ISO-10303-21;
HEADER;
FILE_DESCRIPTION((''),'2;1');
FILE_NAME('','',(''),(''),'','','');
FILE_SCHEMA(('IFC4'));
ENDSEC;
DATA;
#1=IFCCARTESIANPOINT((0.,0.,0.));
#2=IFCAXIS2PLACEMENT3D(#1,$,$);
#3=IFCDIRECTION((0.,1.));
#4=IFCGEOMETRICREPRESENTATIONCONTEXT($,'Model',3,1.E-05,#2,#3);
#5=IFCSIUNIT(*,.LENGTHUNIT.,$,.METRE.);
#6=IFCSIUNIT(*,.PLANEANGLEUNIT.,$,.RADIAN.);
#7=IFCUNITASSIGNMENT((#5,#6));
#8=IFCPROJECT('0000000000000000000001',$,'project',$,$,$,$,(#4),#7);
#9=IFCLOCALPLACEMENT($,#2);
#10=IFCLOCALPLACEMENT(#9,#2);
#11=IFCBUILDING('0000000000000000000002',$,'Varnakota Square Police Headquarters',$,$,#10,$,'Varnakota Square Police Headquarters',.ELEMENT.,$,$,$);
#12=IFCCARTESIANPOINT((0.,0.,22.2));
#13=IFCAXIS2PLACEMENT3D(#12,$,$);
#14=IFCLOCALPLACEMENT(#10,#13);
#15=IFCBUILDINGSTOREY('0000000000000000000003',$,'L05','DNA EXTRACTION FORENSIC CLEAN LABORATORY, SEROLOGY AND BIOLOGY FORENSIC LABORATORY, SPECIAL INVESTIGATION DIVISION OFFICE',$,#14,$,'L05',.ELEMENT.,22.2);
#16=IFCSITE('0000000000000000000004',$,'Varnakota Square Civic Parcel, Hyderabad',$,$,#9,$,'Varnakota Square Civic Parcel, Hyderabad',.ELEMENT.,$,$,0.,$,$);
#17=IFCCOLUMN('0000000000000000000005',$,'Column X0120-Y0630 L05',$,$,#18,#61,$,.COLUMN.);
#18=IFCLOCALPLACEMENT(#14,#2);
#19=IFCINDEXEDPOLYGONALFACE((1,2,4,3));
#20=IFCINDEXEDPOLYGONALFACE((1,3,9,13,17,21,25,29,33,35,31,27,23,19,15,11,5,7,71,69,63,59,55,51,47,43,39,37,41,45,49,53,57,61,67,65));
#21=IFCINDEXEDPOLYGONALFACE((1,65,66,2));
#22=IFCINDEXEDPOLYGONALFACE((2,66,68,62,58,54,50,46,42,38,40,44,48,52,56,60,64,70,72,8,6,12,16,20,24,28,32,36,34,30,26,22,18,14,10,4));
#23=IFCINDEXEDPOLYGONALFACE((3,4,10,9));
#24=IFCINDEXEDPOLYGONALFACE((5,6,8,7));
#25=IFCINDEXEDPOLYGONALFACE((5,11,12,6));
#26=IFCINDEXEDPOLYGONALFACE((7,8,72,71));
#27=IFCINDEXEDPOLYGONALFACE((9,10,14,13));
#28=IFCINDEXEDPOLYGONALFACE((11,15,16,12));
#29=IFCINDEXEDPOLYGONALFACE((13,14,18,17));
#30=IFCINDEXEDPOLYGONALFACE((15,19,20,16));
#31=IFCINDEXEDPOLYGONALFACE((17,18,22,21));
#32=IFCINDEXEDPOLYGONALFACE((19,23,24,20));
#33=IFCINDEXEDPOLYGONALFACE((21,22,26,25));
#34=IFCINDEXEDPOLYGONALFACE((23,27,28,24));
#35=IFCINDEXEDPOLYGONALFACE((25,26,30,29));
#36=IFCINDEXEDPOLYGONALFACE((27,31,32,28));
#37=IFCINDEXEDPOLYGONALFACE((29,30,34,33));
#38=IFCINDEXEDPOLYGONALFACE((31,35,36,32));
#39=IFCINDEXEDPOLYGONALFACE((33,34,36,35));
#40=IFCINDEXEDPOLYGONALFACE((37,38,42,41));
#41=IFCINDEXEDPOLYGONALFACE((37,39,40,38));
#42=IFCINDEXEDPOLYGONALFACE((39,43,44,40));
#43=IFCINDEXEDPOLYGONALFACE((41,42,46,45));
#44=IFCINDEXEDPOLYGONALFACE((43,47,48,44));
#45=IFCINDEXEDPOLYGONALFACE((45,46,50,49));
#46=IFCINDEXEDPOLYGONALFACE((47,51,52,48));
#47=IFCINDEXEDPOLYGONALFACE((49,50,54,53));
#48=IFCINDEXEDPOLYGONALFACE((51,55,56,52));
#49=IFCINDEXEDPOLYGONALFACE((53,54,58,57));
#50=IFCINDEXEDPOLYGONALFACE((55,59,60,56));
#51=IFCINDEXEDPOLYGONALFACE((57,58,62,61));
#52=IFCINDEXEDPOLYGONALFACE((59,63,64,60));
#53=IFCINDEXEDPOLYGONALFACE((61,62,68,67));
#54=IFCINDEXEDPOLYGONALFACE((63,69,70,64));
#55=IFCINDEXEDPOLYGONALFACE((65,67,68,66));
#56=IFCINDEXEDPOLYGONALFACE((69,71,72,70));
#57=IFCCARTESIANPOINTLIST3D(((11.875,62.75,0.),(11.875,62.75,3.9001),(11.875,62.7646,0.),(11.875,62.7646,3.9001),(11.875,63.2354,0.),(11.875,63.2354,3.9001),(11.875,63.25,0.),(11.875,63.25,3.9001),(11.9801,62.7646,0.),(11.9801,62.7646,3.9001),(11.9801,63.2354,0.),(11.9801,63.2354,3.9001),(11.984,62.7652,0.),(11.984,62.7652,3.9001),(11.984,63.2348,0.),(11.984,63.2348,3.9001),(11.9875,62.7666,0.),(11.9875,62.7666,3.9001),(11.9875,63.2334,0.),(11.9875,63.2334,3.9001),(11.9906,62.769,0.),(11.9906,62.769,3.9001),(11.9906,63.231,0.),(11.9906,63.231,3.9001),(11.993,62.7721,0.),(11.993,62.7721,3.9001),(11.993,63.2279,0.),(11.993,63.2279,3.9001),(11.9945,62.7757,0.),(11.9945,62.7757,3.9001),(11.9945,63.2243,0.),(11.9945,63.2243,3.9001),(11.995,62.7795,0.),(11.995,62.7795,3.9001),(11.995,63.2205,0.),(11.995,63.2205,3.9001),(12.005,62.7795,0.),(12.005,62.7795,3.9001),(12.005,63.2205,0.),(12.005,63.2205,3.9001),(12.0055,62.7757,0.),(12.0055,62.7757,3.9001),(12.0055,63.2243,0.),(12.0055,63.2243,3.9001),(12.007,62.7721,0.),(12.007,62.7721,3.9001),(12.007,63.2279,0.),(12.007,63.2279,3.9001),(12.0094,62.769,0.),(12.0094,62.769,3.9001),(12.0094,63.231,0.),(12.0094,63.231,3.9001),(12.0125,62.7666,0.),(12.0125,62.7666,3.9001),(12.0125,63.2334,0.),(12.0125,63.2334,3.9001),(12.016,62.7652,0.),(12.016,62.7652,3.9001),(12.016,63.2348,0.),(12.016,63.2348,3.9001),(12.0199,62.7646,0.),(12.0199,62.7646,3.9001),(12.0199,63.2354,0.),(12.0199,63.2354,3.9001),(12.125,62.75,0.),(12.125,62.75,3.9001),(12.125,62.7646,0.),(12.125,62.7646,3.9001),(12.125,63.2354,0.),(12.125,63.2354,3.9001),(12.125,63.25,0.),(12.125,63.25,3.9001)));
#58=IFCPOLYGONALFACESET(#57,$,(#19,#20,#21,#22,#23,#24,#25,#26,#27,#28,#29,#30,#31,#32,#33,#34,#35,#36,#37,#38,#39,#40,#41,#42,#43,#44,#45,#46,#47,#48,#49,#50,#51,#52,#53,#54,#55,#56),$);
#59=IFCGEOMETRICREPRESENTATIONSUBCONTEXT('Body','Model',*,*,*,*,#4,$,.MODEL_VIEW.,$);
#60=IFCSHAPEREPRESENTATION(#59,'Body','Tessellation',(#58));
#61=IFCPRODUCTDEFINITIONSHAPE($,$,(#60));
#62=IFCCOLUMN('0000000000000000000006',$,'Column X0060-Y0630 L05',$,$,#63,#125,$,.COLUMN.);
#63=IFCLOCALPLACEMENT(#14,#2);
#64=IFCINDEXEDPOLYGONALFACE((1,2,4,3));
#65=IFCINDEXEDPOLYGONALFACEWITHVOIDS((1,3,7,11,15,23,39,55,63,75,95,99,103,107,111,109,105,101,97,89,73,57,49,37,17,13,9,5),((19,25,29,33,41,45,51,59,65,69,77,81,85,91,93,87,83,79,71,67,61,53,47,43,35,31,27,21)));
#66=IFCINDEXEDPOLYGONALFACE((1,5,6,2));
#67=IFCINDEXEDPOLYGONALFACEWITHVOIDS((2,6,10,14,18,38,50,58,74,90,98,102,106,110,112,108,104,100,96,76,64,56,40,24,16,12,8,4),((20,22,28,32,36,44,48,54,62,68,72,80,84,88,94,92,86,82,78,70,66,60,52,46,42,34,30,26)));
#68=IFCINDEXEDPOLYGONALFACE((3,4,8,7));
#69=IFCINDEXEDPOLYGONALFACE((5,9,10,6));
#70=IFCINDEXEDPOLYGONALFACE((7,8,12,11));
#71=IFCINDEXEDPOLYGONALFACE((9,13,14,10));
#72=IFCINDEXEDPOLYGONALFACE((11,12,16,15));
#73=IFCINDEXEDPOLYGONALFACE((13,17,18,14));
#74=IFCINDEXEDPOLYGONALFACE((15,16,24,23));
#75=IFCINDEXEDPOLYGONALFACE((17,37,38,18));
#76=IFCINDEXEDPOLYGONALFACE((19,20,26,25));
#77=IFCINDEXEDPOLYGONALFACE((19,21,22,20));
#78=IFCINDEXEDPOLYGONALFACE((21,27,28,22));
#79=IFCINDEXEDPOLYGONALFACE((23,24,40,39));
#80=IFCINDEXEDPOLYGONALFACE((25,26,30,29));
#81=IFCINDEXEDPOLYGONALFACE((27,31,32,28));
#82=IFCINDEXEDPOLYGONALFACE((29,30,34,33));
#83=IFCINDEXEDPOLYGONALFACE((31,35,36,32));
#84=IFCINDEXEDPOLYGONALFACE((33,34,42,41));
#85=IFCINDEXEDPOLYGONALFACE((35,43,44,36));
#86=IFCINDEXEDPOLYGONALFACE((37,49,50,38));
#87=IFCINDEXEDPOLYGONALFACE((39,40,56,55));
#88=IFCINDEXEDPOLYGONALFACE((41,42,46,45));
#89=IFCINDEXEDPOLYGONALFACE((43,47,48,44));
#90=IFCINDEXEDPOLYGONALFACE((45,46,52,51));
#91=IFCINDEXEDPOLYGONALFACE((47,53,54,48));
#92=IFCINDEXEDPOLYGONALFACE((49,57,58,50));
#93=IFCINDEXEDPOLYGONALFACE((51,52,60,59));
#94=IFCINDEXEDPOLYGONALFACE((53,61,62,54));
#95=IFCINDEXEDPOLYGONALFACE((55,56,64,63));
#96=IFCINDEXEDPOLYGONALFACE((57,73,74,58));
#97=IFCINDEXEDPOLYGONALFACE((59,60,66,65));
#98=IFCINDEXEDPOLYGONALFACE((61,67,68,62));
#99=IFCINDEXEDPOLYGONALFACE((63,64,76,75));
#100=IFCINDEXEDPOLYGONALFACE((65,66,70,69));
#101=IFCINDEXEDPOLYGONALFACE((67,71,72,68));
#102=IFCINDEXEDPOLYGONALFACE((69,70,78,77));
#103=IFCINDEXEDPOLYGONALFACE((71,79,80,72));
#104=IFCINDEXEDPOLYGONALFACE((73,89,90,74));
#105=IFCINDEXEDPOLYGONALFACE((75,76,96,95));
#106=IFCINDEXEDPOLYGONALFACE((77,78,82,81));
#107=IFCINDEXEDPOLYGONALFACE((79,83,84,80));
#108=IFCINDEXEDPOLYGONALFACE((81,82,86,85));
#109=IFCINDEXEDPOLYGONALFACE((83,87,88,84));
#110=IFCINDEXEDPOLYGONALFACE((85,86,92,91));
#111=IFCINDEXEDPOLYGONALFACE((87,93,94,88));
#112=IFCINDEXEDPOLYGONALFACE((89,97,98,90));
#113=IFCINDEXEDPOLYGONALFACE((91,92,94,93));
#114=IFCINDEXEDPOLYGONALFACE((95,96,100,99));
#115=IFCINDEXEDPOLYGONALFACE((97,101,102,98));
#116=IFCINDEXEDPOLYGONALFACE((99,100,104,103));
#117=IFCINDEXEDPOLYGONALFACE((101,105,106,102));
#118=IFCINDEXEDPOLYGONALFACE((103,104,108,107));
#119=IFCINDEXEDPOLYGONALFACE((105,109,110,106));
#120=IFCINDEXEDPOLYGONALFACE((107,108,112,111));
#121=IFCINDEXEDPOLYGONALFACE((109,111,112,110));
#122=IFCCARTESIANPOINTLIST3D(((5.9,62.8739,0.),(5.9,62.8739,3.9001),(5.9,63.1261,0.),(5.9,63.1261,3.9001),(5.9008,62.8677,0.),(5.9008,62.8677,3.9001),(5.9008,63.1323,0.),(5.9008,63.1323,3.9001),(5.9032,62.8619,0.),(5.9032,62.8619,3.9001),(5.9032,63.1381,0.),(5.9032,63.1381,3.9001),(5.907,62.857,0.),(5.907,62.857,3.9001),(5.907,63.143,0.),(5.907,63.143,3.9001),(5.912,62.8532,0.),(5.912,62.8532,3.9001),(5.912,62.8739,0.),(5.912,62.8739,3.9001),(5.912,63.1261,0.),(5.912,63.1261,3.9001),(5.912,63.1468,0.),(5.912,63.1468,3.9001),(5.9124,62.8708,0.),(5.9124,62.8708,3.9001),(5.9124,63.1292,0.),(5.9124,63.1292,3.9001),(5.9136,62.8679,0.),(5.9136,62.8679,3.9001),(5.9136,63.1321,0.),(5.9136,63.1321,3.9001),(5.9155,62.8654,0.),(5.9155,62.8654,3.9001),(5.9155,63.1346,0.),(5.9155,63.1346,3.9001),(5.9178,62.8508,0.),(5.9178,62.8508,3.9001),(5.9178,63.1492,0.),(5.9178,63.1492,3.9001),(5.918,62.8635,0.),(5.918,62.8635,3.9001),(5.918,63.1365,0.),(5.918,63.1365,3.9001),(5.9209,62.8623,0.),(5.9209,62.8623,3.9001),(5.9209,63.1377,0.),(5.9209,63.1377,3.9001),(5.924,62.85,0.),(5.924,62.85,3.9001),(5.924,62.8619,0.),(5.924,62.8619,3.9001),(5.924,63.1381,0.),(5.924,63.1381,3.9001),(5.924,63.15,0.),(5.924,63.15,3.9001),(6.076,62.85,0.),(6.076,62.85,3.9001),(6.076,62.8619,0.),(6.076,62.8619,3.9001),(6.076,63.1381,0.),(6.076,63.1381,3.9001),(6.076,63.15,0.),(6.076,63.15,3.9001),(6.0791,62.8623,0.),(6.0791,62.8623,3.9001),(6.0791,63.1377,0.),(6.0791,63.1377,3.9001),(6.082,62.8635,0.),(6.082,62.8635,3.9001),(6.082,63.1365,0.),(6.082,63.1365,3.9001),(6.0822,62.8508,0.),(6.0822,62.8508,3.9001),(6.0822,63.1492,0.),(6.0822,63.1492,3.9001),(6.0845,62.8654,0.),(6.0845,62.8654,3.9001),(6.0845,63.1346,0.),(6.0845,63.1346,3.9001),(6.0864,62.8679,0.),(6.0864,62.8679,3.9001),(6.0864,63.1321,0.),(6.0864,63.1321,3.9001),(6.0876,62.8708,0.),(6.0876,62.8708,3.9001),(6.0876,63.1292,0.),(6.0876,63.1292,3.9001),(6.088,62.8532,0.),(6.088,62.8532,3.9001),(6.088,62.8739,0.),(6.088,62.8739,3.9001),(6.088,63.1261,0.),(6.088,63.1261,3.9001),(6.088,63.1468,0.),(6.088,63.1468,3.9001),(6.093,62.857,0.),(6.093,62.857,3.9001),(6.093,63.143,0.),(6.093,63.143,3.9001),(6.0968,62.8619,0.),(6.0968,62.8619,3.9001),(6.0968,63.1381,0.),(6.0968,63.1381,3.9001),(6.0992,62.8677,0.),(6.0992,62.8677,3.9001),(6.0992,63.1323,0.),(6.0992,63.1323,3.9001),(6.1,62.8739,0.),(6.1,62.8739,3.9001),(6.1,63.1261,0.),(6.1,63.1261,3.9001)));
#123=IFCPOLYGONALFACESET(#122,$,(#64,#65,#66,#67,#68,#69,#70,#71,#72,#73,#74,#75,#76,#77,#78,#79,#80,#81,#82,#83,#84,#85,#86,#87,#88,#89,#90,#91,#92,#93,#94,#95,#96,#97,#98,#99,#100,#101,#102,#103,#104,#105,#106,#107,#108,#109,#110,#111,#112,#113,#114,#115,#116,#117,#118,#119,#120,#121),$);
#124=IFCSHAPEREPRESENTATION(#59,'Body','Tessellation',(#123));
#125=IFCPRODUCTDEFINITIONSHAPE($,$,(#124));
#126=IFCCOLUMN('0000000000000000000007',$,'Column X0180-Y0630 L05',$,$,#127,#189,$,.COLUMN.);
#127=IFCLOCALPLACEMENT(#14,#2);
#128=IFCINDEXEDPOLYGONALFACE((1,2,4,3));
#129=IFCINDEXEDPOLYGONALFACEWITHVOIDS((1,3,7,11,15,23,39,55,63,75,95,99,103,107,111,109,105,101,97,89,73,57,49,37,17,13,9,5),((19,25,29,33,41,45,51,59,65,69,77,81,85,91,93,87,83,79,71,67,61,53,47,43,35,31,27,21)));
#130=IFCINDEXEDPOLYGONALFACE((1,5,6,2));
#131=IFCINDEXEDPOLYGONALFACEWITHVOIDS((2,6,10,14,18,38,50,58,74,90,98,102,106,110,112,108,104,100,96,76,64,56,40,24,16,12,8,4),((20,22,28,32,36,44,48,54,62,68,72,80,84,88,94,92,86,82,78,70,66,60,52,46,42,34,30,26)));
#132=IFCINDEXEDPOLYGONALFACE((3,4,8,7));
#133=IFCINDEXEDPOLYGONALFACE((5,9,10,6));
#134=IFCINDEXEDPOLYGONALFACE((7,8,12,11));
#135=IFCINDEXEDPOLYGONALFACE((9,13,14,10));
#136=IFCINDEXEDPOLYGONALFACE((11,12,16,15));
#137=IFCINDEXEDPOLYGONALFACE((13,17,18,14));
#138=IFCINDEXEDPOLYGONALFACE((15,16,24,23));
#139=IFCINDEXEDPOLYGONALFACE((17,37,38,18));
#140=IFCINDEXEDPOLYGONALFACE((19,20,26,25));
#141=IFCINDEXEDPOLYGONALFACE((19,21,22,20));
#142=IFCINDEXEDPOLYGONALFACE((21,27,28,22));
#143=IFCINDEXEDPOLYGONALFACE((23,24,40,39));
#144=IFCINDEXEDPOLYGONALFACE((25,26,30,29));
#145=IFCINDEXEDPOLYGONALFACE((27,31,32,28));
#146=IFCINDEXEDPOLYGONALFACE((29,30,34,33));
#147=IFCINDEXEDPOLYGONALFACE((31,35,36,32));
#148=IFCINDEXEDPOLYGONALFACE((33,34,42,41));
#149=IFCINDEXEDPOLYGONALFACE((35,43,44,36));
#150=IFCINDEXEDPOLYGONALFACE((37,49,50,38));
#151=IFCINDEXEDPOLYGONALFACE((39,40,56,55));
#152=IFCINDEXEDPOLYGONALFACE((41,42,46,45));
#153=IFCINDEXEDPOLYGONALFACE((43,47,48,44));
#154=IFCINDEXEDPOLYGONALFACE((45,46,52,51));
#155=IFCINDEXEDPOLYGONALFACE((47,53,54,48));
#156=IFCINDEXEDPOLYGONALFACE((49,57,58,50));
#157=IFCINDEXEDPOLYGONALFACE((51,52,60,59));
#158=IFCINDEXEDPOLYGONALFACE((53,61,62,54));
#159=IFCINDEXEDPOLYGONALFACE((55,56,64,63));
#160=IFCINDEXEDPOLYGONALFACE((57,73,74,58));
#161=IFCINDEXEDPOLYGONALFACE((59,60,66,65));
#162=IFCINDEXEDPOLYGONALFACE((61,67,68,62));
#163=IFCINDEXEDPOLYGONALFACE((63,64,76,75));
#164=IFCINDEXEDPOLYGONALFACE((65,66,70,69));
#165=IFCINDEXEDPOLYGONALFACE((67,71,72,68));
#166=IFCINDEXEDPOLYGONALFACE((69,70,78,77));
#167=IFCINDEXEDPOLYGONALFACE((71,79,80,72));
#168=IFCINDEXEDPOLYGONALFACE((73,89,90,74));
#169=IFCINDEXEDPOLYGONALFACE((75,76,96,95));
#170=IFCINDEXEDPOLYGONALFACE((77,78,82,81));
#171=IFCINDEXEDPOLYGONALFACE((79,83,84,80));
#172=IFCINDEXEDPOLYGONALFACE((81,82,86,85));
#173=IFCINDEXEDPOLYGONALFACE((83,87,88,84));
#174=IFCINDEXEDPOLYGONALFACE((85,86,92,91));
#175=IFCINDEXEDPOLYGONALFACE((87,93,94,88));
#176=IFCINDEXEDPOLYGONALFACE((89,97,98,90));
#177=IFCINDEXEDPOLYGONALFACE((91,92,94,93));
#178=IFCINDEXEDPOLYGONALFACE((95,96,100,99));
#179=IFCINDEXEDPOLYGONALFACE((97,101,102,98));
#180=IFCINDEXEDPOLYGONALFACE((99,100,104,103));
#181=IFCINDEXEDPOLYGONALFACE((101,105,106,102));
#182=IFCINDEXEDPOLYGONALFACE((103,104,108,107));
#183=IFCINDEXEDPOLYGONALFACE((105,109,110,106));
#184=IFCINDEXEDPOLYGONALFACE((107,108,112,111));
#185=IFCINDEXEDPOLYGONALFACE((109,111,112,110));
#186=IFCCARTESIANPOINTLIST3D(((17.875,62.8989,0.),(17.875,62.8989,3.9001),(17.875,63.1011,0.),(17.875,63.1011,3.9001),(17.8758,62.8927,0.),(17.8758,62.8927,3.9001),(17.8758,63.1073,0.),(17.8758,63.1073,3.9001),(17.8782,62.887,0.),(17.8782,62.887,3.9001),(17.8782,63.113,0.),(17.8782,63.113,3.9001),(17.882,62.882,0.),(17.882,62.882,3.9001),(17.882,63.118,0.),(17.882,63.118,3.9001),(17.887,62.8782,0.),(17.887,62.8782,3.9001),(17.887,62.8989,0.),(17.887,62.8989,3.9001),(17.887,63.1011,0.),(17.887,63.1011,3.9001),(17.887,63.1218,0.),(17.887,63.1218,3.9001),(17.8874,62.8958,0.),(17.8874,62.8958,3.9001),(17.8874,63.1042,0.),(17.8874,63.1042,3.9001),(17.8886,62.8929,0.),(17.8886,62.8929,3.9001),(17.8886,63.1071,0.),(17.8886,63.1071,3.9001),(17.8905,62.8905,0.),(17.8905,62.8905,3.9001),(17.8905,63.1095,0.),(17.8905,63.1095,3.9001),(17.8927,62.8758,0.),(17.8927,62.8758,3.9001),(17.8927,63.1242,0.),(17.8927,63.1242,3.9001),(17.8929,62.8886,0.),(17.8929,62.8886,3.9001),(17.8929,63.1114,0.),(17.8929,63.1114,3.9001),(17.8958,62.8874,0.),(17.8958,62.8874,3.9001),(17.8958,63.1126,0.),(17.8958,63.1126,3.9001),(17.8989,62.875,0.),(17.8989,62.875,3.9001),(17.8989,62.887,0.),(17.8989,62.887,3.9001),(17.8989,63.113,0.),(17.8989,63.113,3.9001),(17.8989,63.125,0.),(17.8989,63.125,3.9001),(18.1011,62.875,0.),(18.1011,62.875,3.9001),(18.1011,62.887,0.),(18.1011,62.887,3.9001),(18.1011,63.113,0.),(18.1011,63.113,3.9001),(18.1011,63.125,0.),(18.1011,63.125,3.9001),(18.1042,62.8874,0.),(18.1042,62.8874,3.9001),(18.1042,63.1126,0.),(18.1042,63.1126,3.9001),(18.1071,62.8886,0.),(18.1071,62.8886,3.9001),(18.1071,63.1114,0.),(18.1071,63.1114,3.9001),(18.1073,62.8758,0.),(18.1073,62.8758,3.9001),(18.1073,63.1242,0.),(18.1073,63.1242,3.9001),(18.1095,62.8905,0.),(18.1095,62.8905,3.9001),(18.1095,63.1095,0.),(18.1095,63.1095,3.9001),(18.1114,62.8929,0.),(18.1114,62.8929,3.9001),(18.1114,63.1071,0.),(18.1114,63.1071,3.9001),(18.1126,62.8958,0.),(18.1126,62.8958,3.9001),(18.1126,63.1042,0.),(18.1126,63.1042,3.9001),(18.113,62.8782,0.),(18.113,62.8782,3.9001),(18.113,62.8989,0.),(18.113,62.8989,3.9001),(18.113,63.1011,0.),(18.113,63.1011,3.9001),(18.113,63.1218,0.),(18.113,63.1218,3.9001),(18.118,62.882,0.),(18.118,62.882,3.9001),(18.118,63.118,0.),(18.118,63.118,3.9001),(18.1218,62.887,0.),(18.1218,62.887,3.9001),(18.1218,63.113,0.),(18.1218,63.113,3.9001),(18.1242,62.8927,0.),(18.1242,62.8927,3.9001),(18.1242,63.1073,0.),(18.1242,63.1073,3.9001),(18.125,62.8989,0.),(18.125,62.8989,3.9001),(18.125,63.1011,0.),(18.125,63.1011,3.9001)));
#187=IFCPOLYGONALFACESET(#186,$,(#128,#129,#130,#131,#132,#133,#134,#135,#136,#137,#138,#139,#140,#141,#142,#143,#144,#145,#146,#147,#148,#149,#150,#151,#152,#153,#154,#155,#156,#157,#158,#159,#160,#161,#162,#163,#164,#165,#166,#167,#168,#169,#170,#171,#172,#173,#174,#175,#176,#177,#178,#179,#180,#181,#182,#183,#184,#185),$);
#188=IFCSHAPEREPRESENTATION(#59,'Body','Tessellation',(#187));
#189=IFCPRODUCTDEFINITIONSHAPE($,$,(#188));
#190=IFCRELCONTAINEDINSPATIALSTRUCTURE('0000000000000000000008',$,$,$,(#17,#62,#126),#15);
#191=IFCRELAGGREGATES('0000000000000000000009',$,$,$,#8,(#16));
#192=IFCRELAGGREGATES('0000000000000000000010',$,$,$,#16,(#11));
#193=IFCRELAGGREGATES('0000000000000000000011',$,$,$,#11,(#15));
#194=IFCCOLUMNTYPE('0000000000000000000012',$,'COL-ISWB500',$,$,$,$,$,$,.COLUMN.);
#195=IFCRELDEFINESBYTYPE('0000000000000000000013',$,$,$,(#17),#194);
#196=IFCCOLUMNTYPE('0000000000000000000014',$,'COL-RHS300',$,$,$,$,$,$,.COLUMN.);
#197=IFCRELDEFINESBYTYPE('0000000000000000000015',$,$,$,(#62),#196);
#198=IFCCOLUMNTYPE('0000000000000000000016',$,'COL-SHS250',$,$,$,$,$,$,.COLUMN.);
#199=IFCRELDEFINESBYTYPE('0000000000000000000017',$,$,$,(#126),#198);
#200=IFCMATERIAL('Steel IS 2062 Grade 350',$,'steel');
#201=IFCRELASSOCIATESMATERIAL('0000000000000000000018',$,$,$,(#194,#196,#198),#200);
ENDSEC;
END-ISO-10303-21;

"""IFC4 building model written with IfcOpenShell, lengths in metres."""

from ifc_helpers import new_model, si_unit, direction, frame, origin, origin_2d, place, context, subcontext, project, spatial, hollow_rectangle, i_section, extrude, material, material_profile, profile_set, type_object, element, save


model = new_model("IFC4")

# Units and contexts
model_context = context("Model", 3, precision=1e-05, world=origin(), true_north=direction((0.0, 1.0)))
body_context = subcontext(model_context, "Body", "Model", "MODEL_VIEW")
ifc_project = project(units=[si_unit("LENGTHUNIT", "METRE"), si_unit("PLANEANGLEUNIT", "RADIAN")], contexts=[model_context])

# Site, building, storey
site_placement = place(None, origin())
site = spatial("IfcSite", under=ifc_project, at=site_placement, Name="Varnakota Square Civic Parcel, Hyderabad", LongName="Varnakota Square Civic Parcel, Hyderabad", CompositionType="ELEMENT", RefElevation=0.0)
building_placement = place(site_placement, origin())
building = spatial("IfcBuilding", under=site, at=building_placement, Name="Varnakota Square Police Headquarters", LongName="Varnakota Square Police Headquarters", CompositionType="ELEMENT")
storey_placement = place(building_placement, frame((0.0, 0.0, 22.2)))
storey = spatial("IfcBuildingStorey", under=building, at=storey_placement, Name="L05", Description="DNA EXTRACTION FORENSIC CLEAN LABORATORY, SEROLOGY AND BIOLOGY FORENSIC LABORATORY, SPECIAL INVESTIGATION DIVISION OFFICE", LongName="L05", CompositionType="ELEMENT", Elevation=22.2)

# Columns
ifc_material_1 = material(Name="Steel IS 2062 Grade 350", Category="steel")
ifc_material_profile_1 = material_profile(ifc_material_1, i_section(OverallWidth=0.25, OverallDepth=0.5, WebThickness=0.01, FlangeThickness=0.0146, FilletRadius=0.0149, at=origin_2d()), Name="ISWB 500")
ifc_profile_set_1 = profile_set([ifc_material_profile_1], Name="Steel IS 2062 Grade 350")
column_type_1 = type_object("IfcColumnType", Name="COL-ISWB500", PredefinedType="COLUMN", material=ifc_profile_set_1)
column_1_placement = place(storey_placement, frame((12.0, 63.0, 0.0), z_axis=(0.0, 0.0, 1.0), x_axis=(1.0, 0.0, 0.0)))
element("IfcColumn", 1, at=column_1_placement, inside=storey, type_object=column_type_1, Name="Column X0120-Y0630 L05", PredefinedType="COLUMN", context=body_context, shape_type="SweptSolid", body=[
    extrude(i_section(OverallWidth=0.25, OverallDepth=0.5, WebThickness=0.01, FlangeThickness=0.0146, FilletRadius=0.0149, at=origin_2d()), origin(), (0.0, 0.0, 1.0), 3.9001),
])
ifc_material_profile_2 = material_profile(ifc_material_1, hollow_rectangle(XDim=0.2, YDim=0.3, WallThickness=0.012, InnerFilletRadius=0.012, OuterFilletRadius=0.0239, at=origin_2d()), Name="RHS 300x200x12")
ifc_profile_set_2 = profile_set([ifc_material_profile_2], Name="Steel IS 2062 Grade 350")
column_type_2 = type_object("IfcColumnType", Name="COL-RHS300", PredefinedType="COLUMN", material=ifc_profile_set_2)
column_2_placement = place(storey_placement, frame((6.0, 63.0, 0.0), z_axis=(0.0, 0.0, 1.0), x_axis=(1.0, 0.0, 0.0)))
element("IfcColumn", 2, at=column_2_placement, inside=storey, type_object=column_type_2, Name="Column X0060-Y0630 L05", PredefinedType="COLUMN", context=body_context, shape_type="SweptSolid", body=[
    extrude(hollow_rectangle(XDim=0.2, YDim=0.3, WallThickness=0.012, InnerFilletRadius=0.012, OuterFilletRadius=0.0239, at=origin_2d()), origin(), (0.0, 0.0, 1.0), 3.9001),
])
ifc_material_profile_3 = material_profile(ifc_material_1, hollow_rectangle(XDim=0.25, YDim=0.25, WallThickness=0.012, InnerFilletRadius=0.012, OuterFilletRadius=0.0239, at=origin_2d()), Name="SHS 250x250x12")
ifc_profile_set_3 = profile_set([ifc_material_profile_3], Name="Steel IS 2062 Grade 350")
column_type_3 = type_object("IfcColumnType", Name="COL-SHS250", PredefinedType="COLUMN", material=ifc_profile_set_3)
column_3_placement = place(storey_placement, frame((18.0, 63.0, 0.0), z_axis=(0.0, 0.0, 1.0), x_axis=(1.0, 0.0, 0.0)))
element("IfcColumn", 3, at=column_3_placement, inside=storey, type_object=column_type_3, Name="Column X0180-Y0630 L05", PredefinedType="COLUMN", context=body_context, shape_type="SweptSolid", body=[
    extrude(hollow_rectangle(XDim=0.25, YDim=0.25, WallThickness=0.012, InnerFilletRadius=0.012, OuterFilletRadius=0.0239, at=origin_2d()), origin(), (0.0, 0.0, 1.0), 3.9001),
])

save(model, "model.ifc")
